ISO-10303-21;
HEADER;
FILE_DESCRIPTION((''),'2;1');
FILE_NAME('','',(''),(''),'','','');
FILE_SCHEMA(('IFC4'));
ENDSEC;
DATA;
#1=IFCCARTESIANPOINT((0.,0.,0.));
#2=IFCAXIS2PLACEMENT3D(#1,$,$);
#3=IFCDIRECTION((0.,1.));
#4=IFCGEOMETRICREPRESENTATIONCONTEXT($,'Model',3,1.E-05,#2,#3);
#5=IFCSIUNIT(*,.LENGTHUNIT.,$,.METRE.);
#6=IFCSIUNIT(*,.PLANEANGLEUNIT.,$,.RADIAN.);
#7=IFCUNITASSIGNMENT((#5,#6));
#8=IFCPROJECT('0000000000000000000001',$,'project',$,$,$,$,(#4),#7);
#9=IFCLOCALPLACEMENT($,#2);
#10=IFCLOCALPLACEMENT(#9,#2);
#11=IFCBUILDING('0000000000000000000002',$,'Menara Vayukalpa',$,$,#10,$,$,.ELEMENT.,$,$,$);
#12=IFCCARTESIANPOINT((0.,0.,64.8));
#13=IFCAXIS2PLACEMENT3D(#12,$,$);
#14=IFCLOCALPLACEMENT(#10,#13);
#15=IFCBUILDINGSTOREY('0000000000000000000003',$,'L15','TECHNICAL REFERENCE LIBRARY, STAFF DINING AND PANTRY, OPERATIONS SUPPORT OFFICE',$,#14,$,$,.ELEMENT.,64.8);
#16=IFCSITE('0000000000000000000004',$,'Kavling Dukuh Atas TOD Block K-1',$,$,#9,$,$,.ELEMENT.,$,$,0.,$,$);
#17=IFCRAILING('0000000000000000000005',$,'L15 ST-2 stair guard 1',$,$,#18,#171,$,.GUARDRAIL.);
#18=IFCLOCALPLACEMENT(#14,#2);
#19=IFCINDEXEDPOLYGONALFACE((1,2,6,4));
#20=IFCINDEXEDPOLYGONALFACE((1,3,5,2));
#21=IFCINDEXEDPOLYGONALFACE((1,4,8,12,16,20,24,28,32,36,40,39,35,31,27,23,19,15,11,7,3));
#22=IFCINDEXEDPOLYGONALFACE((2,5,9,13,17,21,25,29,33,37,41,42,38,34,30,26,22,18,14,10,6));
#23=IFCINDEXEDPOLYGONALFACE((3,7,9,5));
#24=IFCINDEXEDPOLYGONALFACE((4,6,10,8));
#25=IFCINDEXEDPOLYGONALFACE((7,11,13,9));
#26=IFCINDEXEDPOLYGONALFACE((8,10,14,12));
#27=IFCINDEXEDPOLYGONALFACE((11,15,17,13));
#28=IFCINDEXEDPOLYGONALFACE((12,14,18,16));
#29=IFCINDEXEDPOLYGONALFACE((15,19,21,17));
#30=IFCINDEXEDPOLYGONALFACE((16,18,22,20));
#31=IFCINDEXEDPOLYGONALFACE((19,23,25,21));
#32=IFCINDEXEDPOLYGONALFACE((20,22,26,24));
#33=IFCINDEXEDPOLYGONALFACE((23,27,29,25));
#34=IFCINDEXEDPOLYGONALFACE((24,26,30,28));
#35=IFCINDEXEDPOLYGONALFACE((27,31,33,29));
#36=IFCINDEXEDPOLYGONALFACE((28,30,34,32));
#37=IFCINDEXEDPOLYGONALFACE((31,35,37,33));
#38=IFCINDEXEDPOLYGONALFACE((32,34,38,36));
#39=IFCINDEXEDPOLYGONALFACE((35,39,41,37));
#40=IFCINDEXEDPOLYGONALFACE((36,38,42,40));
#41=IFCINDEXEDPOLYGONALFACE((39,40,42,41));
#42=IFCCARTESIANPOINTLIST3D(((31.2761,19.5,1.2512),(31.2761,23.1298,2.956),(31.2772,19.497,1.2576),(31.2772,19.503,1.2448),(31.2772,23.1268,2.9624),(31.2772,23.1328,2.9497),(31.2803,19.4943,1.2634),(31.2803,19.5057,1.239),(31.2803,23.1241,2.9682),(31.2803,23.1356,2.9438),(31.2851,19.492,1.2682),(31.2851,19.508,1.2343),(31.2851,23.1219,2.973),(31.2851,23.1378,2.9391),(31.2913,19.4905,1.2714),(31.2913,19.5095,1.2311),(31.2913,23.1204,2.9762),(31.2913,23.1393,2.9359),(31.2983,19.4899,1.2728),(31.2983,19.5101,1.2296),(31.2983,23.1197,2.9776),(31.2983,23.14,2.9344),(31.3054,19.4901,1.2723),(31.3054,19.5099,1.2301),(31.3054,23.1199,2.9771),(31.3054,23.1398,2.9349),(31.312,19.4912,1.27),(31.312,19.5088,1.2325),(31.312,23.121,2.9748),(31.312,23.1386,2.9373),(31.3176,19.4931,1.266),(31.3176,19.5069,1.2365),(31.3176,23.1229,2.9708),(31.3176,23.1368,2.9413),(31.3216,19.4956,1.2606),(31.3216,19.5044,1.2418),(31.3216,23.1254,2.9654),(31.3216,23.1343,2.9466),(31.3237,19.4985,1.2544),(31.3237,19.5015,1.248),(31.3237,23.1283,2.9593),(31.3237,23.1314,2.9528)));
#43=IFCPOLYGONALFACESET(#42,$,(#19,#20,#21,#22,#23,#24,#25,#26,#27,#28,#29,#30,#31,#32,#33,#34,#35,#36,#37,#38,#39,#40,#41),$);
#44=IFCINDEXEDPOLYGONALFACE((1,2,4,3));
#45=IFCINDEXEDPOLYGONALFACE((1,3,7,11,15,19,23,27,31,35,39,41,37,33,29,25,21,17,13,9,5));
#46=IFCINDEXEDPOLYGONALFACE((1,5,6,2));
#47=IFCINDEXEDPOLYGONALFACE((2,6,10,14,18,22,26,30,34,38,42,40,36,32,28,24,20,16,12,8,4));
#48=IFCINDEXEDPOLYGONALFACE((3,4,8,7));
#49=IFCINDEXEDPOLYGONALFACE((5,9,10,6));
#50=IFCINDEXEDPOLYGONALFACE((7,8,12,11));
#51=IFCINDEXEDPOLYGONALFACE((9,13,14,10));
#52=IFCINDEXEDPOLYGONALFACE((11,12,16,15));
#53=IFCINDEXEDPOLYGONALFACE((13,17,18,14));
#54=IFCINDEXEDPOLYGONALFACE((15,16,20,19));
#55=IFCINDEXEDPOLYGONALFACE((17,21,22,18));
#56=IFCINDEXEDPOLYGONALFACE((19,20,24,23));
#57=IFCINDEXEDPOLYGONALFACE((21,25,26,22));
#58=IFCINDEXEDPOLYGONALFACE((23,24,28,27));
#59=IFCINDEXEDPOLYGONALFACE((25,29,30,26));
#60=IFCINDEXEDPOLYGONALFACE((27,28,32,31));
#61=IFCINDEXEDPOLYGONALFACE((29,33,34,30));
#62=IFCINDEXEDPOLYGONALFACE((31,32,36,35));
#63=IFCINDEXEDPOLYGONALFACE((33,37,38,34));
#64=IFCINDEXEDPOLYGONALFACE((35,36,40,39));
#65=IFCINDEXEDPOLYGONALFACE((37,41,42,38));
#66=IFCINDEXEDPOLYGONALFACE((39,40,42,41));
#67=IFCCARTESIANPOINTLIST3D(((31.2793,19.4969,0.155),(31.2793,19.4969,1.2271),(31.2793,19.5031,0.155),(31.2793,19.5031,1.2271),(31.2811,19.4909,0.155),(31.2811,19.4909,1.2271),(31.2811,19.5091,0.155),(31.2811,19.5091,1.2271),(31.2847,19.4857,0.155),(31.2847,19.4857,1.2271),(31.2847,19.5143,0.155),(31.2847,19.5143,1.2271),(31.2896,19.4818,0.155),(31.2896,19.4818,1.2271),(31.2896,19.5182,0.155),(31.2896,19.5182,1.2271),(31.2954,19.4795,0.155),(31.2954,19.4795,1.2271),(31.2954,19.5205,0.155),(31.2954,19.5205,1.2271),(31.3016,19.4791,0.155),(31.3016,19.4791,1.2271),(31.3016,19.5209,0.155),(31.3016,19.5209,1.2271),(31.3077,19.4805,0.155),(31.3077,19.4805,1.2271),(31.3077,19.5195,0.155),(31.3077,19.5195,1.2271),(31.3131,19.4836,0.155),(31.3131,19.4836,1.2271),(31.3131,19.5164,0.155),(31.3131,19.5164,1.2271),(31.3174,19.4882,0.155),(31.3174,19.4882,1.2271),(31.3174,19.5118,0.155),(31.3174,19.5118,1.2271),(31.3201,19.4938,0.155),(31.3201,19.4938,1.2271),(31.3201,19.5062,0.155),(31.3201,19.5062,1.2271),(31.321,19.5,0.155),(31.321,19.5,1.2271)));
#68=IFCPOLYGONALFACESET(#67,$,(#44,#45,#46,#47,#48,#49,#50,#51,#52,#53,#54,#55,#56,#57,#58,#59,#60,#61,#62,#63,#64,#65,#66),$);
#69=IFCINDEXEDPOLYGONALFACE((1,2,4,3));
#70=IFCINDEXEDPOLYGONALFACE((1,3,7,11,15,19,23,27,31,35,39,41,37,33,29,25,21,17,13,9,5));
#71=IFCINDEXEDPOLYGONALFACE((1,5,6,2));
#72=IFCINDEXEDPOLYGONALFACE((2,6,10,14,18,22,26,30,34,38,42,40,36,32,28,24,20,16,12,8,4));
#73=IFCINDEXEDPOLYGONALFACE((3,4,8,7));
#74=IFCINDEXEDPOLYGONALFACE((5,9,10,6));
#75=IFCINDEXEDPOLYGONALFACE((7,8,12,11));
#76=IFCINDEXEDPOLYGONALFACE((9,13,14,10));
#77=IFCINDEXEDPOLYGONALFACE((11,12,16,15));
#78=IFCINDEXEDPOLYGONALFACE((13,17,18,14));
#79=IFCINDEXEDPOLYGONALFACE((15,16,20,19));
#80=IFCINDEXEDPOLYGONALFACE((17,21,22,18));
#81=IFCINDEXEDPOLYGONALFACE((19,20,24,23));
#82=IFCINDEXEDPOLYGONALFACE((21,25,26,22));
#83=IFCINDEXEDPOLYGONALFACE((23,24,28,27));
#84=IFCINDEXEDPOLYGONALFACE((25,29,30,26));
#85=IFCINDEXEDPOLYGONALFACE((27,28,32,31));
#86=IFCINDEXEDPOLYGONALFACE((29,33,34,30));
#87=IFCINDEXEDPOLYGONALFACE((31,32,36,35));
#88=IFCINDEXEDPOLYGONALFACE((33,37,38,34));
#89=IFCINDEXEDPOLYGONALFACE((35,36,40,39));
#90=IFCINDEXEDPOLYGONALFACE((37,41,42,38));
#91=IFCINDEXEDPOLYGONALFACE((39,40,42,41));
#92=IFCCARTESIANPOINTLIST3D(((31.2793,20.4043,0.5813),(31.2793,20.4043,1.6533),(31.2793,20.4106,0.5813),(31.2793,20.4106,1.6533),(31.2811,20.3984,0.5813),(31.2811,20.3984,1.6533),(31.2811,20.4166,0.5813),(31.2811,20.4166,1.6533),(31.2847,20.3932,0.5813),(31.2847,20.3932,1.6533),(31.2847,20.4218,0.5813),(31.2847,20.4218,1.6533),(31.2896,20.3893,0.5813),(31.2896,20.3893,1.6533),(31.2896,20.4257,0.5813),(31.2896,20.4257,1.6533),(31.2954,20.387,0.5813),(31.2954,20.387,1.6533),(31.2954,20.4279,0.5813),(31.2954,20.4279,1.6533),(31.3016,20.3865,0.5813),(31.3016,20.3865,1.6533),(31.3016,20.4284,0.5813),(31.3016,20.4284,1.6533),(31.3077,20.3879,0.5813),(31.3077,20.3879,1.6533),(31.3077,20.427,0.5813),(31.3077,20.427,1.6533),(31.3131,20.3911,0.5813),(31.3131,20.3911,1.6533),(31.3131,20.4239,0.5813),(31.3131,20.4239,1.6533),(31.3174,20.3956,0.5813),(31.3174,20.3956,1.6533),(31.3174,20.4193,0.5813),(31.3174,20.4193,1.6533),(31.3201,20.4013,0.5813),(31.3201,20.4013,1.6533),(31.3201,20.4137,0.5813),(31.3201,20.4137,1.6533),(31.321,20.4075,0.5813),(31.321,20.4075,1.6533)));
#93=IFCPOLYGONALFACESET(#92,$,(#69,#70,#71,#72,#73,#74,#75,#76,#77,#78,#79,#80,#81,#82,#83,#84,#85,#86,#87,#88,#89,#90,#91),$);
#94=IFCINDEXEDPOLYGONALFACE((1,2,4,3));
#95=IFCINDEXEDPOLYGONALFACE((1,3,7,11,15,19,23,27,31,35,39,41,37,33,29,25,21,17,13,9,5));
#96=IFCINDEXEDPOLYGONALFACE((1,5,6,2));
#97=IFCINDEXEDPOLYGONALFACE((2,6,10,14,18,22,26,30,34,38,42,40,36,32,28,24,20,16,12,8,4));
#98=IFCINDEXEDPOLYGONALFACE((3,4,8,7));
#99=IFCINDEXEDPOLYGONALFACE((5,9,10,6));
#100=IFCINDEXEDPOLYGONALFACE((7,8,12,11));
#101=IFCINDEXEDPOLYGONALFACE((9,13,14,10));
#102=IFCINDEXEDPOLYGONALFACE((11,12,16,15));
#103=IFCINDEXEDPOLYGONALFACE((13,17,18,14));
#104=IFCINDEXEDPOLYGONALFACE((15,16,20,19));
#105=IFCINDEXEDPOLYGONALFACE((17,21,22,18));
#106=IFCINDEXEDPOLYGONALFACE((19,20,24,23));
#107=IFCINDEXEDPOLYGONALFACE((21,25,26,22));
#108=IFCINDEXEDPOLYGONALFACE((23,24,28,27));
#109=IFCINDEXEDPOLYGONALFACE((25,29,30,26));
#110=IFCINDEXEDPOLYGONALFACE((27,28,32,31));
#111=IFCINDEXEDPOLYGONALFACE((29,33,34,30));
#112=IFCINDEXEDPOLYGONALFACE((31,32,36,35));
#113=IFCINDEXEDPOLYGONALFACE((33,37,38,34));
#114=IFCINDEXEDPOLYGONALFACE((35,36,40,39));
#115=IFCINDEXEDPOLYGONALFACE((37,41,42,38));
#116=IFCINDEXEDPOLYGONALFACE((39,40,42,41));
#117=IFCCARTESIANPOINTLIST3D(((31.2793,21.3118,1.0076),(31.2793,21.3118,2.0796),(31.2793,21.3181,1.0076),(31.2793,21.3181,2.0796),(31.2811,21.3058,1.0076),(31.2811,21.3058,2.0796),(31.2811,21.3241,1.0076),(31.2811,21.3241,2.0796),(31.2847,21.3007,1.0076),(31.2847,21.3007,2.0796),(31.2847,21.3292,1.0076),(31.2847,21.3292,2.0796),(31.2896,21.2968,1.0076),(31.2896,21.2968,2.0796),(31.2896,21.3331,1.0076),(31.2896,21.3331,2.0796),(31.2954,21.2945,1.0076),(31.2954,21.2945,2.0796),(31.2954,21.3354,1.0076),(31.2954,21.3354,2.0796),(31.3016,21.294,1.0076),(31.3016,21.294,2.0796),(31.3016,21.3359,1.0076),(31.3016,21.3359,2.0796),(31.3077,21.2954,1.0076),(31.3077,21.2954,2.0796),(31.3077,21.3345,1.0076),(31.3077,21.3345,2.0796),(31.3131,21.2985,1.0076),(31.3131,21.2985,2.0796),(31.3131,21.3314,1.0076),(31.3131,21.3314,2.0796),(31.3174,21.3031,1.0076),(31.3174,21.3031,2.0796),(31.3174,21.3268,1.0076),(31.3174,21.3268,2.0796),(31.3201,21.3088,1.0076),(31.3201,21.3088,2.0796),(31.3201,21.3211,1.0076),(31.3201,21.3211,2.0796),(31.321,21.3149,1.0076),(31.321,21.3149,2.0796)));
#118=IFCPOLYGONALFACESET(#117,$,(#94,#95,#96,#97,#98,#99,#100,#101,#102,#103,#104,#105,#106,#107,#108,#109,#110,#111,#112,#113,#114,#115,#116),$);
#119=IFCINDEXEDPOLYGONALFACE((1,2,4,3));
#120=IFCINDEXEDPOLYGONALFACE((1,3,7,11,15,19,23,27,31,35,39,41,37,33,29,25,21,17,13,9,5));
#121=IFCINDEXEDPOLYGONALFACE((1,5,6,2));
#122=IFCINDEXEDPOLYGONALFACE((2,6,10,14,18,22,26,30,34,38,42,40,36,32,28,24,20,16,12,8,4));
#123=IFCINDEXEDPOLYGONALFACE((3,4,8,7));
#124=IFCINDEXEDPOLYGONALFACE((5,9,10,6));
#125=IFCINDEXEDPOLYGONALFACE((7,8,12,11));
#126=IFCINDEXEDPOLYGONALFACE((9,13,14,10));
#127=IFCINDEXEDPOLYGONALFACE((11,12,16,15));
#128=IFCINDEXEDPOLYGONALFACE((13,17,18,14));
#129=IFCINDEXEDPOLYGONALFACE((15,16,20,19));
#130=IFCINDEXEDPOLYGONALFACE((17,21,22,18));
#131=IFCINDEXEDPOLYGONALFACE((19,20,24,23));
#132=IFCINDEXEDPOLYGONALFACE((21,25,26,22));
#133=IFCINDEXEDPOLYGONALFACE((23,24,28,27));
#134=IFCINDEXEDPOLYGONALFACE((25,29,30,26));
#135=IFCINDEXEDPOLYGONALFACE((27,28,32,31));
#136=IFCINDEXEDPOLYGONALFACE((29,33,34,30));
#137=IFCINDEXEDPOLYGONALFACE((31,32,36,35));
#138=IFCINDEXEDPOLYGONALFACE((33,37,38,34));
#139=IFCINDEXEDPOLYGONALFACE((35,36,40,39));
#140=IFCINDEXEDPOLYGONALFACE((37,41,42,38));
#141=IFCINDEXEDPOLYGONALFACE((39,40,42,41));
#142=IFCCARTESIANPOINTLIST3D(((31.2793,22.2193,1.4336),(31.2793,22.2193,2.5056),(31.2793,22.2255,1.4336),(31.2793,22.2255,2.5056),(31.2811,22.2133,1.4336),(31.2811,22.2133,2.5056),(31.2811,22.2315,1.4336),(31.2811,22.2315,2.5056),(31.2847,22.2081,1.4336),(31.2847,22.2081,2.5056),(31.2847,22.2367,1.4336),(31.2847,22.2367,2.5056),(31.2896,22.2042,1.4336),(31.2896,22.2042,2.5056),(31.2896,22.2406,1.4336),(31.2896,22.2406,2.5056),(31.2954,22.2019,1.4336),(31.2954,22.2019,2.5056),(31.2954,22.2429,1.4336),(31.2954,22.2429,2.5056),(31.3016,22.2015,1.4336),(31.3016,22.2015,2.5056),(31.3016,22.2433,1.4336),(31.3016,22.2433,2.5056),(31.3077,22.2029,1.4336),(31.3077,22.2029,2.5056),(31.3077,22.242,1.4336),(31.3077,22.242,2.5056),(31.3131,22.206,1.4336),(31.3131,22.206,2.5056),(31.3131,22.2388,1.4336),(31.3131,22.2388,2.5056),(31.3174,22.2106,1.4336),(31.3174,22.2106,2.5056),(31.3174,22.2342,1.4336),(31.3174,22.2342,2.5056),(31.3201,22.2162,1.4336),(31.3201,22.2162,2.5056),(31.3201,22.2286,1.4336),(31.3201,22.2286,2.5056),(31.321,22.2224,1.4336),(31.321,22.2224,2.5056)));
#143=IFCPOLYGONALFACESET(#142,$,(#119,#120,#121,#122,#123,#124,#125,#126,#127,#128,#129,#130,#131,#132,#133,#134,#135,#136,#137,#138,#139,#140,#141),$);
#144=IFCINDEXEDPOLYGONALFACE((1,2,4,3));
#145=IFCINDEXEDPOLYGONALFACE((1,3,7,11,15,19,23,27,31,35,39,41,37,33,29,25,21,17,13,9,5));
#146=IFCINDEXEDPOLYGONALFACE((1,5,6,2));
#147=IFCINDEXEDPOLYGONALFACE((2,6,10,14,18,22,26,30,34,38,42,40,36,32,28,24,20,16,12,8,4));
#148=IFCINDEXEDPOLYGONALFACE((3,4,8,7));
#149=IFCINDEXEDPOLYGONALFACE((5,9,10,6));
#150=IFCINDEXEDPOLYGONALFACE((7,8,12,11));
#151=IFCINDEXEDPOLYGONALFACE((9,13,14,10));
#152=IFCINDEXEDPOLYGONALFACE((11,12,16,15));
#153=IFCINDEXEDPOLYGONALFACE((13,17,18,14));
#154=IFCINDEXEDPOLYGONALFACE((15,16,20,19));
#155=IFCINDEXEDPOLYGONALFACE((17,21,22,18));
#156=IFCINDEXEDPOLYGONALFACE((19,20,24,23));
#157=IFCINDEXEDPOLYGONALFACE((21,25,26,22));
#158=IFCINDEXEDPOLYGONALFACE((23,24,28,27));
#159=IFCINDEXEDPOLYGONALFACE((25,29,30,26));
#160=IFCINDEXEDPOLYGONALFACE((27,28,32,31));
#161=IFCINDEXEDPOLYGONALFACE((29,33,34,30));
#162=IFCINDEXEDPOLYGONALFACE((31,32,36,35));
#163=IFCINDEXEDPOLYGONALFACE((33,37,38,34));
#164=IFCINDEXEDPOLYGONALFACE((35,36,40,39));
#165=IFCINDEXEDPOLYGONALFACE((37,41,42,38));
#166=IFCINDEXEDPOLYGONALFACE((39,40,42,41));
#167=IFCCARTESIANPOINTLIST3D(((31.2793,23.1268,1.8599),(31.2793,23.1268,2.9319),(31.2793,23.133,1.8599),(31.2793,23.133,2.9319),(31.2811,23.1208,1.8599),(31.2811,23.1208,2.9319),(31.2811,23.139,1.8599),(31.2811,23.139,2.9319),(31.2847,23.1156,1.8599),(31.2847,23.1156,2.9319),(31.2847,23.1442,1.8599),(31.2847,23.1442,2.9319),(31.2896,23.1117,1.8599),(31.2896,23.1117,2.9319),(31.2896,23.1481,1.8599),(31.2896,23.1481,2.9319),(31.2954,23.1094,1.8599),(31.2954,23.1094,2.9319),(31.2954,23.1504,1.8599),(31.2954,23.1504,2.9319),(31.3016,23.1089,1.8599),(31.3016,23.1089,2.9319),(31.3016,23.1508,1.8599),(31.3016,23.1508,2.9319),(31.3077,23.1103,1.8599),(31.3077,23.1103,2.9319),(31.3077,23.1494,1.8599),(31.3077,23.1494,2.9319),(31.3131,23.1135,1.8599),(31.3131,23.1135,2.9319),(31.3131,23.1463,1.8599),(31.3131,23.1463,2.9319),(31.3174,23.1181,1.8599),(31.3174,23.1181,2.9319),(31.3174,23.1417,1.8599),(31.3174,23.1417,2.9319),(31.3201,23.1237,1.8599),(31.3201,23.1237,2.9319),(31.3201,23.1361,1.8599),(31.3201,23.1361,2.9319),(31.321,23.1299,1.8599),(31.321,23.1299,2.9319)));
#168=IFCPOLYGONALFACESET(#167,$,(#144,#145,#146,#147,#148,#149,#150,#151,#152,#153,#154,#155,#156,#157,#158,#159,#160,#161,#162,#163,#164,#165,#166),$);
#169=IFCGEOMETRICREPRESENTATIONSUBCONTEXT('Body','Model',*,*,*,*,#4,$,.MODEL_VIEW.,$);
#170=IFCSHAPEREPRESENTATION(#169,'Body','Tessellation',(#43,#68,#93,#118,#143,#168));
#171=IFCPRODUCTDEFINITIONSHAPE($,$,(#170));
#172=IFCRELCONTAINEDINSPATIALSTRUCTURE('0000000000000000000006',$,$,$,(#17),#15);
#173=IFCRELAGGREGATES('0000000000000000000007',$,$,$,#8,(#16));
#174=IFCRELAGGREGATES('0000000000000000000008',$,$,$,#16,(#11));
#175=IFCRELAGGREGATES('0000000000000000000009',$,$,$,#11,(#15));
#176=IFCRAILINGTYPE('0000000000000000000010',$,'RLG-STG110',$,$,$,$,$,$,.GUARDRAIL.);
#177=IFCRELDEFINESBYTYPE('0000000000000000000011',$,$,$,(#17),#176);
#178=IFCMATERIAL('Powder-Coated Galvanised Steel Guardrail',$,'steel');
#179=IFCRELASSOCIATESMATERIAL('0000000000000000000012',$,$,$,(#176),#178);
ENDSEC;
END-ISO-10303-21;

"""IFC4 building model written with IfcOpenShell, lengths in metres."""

from ifc_helpers import new_model, si_unit, direction, frame, origin, origin_2d, place, context, subcontext, project, spatial, circle, extrude, material, type_object, element, save


model = new_model("IFC4")

# Units and contexts
model_context = context("Model", 3, precision=1e-05, world=origin(), true_north=direction((0.0, 1.0)))
body_context = subcontext(model_context, "Body", "Model", "MODEL_VIEW")
ifc_project = project(units=[si_unit("LENGTHUNIT", "METRE"), si_unit("PLANEANGLEUNIT", "RADIAN")], contexts=[model_context])

# Site, building, storey
site_placement = place(None, origin())
site = spatial("IfcSite", under=ifc_project, at=site_placement, Name="Kavling Dukuh Atas TOD Block K-1", CompositionType="ELEMENT", RefElevation=0.0)
building_placement = place(site_placement, origin())
building = spatial("IfcBuilding", under=site, at=building_placement, Name="Menara Vayukalpa", CompositionType="ELEMENT")
storey_placement = place(building_placement, frame((0.0, 0.0, 64.8)))
storey = spatial("IfcBuildingStorey", under=building, at=storey_placement, Name="L15", Description="TECHNICAL REFERENCE LIBRARY, STAFF DINING AND PANTRY, OPERATIONS SUPPORT OFFICE", CompositionType="ELEMENT", Elevation=64.8)

# Railing
ifc_material_1 = material(Name="Powder-Coated Galvanised Steel Guardrail", Category="steel")
railing_type_1 = type_object("IfcRailingType", Name="RLG-STG110", PredefinedType="GUARDRAIL", material=ifc_material_1)
railing_1_placement = place(storey_placement, frame((31.3, 19.5, 0.155)))
element("IfcRailing", 1, at=railing_1_placement, inside=storey, type_object=railing_type_1, Name="L15 ST-2 stair guard 1", PredefinedType="GUARDRAIL", context=body_context, shape_type="SweptSolid", body=[
    extrude(circle(Radius=0.0239, at=origin_2d()), frame((0.0, 0.0, 1.0962), z_axis=(0.0, 0.90514, 0.425114), x_axis=(-1.0, 0.0, 0.0)), (0.0, 0.0, 1.0), 4.0103),
    extrude(circle(Radius=0.021, at=origin_2d()), origin(), (0.0, 0.0, 1.0), 1.072),
    extrude(circle(Radius=0.021, at=origin_2d()), frame((0.0, 0.9075, 0.4263)), (0.0, 0.0, 1.0), 1.072),
    extrude(circle(Radius=0.021, at=origin_2d()), frame((0.0, 1.8149, 0.8525)), (0.0, 0.0, 1.0), 1.072),
    extrude(circle(Radius=0.021, at=origin_2d()), frame((0.0, 2.7224, 1.2786)), (0.0, 0.0, 1.0), 1.072),
    extrude(circle(Radius=0.021, at=origin_2d()), frame((0.0, 3.6299, 1.7048)), (0.0, 0.0, 1.0), 1.072),
])

save(model, "model.ifc")
